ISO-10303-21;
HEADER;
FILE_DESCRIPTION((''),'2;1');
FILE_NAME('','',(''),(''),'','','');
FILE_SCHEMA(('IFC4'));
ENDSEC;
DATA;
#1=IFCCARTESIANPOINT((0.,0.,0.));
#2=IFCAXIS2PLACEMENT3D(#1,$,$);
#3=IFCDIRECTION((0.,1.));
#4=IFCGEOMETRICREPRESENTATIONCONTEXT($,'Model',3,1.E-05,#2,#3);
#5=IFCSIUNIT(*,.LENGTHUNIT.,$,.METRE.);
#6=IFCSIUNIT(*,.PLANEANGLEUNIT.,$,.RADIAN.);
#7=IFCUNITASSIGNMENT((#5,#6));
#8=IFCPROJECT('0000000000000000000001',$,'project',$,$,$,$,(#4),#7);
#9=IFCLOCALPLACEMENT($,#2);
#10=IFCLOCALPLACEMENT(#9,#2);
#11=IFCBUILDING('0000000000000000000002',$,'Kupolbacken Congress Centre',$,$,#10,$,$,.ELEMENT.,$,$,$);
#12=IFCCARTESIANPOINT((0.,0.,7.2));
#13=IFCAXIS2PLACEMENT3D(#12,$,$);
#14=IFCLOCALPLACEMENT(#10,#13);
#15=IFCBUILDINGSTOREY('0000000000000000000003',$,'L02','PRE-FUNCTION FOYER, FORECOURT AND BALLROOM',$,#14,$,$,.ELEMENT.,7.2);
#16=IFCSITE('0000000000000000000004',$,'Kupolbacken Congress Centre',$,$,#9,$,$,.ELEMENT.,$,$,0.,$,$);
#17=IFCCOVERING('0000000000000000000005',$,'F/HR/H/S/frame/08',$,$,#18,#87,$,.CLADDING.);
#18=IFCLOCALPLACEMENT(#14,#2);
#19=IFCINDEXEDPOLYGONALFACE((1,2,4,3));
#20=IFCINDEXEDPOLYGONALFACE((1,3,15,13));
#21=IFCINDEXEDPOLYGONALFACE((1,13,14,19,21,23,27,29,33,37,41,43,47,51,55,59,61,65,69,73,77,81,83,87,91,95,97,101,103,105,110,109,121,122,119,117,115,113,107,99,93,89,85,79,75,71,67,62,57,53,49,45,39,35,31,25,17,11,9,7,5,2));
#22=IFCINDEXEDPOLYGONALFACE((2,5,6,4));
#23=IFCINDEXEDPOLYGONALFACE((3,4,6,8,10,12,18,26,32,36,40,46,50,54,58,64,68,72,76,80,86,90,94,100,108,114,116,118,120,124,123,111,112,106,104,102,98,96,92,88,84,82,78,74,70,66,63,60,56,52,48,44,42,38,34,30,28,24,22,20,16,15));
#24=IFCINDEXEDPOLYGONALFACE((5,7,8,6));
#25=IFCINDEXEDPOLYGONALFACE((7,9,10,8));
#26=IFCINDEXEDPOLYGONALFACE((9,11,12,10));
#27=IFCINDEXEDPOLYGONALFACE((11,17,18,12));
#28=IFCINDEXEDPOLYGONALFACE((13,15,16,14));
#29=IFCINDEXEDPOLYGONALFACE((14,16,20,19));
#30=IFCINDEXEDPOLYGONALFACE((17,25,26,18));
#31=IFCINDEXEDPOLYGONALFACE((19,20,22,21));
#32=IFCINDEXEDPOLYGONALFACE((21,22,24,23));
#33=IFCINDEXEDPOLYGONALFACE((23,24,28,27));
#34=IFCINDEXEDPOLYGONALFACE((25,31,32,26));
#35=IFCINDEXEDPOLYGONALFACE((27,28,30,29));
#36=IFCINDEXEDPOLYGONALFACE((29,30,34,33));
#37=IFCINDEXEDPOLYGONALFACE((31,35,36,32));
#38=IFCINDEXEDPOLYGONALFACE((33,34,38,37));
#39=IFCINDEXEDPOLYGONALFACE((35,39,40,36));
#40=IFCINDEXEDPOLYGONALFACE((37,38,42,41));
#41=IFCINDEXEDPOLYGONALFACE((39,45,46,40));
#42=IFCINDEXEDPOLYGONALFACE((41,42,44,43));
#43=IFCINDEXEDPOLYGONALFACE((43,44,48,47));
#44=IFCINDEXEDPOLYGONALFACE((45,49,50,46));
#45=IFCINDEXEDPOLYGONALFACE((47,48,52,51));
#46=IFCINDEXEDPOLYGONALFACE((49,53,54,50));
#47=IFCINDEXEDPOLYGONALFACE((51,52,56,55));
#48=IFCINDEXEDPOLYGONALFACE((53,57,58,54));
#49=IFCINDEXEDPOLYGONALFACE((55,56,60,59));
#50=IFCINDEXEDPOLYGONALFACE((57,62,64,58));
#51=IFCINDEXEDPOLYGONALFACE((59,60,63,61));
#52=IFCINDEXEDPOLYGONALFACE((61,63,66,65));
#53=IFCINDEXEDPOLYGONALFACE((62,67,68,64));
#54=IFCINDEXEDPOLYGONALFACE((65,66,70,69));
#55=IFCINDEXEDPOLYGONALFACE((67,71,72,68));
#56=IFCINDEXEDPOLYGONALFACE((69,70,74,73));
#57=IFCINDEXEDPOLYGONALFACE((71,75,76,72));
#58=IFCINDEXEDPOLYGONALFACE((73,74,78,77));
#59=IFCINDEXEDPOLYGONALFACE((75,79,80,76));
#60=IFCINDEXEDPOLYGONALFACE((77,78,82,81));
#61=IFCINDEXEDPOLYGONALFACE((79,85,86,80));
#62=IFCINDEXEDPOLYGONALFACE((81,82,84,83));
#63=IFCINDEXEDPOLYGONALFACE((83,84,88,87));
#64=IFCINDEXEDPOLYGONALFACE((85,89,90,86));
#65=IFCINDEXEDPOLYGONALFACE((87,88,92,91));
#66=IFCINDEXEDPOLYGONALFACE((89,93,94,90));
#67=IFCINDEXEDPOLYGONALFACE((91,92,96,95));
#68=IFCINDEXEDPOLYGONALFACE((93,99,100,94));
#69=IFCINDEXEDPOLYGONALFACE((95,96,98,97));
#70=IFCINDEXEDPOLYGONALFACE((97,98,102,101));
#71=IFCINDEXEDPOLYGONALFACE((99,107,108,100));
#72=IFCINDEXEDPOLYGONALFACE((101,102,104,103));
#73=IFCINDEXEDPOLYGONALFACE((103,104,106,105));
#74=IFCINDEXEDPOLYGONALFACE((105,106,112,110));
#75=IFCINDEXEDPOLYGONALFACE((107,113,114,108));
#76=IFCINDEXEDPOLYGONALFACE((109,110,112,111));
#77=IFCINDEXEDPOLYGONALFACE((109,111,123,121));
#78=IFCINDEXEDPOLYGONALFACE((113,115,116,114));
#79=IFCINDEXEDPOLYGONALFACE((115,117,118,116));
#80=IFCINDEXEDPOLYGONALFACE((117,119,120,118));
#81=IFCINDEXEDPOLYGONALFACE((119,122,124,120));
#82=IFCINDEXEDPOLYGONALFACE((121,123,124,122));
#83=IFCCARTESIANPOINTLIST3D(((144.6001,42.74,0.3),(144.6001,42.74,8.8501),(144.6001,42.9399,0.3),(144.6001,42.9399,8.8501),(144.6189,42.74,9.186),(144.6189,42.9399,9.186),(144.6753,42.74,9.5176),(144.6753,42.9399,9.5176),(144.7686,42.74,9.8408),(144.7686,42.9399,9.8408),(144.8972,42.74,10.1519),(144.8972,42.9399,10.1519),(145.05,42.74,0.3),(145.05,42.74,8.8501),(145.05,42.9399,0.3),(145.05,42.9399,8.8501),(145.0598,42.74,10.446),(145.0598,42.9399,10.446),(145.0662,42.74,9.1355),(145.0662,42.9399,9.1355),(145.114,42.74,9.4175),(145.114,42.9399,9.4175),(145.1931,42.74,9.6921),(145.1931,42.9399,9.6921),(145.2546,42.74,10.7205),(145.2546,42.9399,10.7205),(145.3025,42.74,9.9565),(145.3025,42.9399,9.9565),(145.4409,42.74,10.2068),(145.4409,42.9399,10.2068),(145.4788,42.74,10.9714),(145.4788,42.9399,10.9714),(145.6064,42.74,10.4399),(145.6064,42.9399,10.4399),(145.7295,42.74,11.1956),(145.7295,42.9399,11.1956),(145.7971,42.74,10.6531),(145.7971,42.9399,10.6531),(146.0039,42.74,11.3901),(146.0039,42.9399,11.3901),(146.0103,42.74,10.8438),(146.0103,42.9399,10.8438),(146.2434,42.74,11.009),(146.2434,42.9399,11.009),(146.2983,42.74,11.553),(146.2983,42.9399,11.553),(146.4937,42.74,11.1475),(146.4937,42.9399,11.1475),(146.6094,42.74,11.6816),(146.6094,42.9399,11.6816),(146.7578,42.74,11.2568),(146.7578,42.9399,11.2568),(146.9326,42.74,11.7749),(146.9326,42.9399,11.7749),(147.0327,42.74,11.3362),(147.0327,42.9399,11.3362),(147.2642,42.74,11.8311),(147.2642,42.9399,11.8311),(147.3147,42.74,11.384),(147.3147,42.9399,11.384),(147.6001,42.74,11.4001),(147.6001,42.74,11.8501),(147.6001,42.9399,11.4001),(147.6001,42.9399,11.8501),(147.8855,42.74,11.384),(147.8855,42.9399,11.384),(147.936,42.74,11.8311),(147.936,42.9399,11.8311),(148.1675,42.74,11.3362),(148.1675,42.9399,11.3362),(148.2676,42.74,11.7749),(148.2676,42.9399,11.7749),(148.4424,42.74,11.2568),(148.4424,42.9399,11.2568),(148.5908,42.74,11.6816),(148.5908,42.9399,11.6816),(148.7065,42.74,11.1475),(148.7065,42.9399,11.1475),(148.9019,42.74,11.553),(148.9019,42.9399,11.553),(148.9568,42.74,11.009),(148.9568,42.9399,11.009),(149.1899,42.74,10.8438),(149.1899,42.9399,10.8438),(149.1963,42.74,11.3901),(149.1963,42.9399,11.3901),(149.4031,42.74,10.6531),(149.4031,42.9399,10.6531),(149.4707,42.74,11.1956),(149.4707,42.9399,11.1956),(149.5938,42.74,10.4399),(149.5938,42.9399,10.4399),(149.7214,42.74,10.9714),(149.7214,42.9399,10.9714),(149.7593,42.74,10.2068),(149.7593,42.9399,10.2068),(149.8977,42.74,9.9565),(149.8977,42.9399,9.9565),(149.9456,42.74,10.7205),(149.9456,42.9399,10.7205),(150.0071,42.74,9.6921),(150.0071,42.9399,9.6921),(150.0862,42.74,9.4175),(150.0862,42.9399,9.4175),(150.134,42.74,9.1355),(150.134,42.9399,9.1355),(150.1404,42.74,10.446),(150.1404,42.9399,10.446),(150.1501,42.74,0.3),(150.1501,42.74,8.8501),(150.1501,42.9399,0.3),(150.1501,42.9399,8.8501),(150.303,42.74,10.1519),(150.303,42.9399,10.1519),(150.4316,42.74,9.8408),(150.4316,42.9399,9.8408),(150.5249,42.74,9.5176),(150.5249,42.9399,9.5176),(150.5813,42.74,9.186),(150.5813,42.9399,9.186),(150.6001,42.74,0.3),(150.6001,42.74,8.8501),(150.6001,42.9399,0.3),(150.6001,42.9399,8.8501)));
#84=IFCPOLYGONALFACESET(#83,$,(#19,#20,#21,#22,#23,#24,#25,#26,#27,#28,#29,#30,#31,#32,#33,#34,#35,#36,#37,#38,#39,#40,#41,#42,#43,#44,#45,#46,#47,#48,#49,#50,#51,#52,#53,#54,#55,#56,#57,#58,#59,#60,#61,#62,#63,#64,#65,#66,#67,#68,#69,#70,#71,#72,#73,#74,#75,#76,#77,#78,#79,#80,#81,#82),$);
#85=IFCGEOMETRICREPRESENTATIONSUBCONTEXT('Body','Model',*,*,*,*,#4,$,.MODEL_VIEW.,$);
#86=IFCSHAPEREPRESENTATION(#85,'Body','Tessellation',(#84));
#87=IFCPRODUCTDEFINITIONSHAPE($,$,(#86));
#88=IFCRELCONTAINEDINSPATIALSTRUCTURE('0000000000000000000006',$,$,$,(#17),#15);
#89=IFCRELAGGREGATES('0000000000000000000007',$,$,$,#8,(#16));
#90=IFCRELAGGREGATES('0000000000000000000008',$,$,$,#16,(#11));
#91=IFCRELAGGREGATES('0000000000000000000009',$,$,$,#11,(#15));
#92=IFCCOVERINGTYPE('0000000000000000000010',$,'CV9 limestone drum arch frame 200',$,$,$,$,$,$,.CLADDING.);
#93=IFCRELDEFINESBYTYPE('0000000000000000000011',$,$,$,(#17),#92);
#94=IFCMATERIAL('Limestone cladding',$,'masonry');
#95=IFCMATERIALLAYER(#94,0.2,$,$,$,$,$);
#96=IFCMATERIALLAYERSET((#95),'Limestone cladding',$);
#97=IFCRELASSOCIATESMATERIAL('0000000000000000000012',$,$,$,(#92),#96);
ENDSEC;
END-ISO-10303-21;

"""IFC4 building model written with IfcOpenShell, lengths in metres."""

from ifc_helpers import new_model, si_unit, direction, frame, origin, place, context, subcontext, project, spatial, polyline, outline, extrude, material, layer, layer_set, type_object, element, save


model = new_model("IFC4")

# Units and contexts
model_context = context("Model", 3, precision=1e-05, world=origin(), true_north=direction((0.0, 1.0)))
body_context = subcontext(model_context, "Body", "Model", "MODEL_VIEW")
ifc_project = project(units=[si_unit("LENGTHUNIT", "METRE"), si_unit("PLANEANGLEUNIT", "RADIAN")], contexts=[model_context])

# Site, building, storey
site_placement = place(None, origin())
site = spatial("IfcSite", under=ifc_project, at=site_placement, Name="Kupolbacken Congress Centre", CompositionType="ELEMENT", RefElevation=0.0)
building_placement = place(site_placement, origin())
building = spatial("IfcBuilding", under=site, at=building_placement, Name="Kupolbacken Congress Centre", CompositionType="ELEMENT")
storey_placement = place(building_placement, frame((0.0, 0.0, 7.2)))
storey = spatial("IfcBuildingStorey", under=building, at=storey_placement, Name="L02", Description="PRE-FUNCTION FOYER, FORECOURT AND BALLROOM", CompositionType="ELEMENT", Elevation=7.2)

# Covering
ifc_material_1 = material(Name="Limestone cladding", Category="masonry")
ifc_layer_1 = layer(ifc_material_1, 0.2)
ifc_layer_set_1 = layer_set([ifc_layer_1], Name="Limestone cladding")
covering_type_1 = type_object("IfcCoveringType", Name="CV9 limestone drum arch frame 200", PredefinedType="CLADDING", material=ifc_layer_set_1)
covering_1_placement = place(storey_placement, frame((144.6001, 42.9399, 0.3), z_axis=(0.0, -1.0, 0.0), x_axis=(1.0, 0.0, 0.0)))
element("IfcCovering", 1, at=covering_1_placement, inside=storey, type_object=covering_type_1, Name="F/HR/H/S/frame/08", PredefinedType="CLADDING", context=body_context, shape_type="SweptSolid", body=[
    extrude(outline(polyline([(0.0, 0.0), (0.0, 8.55), (0.0188, 8.886), (0.0752, 9.2175), (0.1685, 9.5408), (0.2971, 9.8518), (0.4597, 10.146), (0.6545, 10.4204), (0.8787, 10.6714), (1.1294, 10.8955), (1.4038, 11.0901), (1.6982, 11.2529), (2.0093, 11.3816), (2.3325, 11.4749), (2.6641, 11.531), (3.0, 11.55), (3.3359, 11.531), (3.6675, 11.4749), (3.9907, 11.3816), (4.3018, 11.2529), (4.5962, 11.0901), (4.8706, 10.8955), (5.1213, 10.6714), (5.3455, 10.4204), (5.5403, 10.146), (5.7029, 9.8518), (5.8315, 9.5408), (5.9248, 9.2175), (5.9812, 8.886), (6.0, 8.55), (6.0, 0.0), (5.55, 0.0), (5.55, 8.55), (5.5339, 8.8354), (5.4861, 9.1174), (5.407, 9.3921), (5.2976, 9.6565), (5.1592, 9.9067), (4.9937, 10.1399), (4.803, 10.353), (4.5898, 10.5437), (4.3567, 10.709), (4.1064, 10.8474), (3.8423, 10.9568), (3.5674, 11.0361), (3.2854, 11.084), (3.0, 11.1001), (2.7146, 11.084), (2.4326, 11.0361), (2.1577, 10.9568), (1.8936, 10.8474), (1.6433, 10.709), (1.4102, 10.5437), (1.197, 10.353), (1.0063, 10.1399), (0.8408, 9.9067), (0.7024, 9.6565), (0.593, 9.3921), (0.5139, 9.1174), (0.4661, 8.8354), (0.45, 8.55), (0.45, 0.0), (0.0, 0.0)])), origin(), (0.0, 0.0, 1.0), 0.2),
])

save(model, "model.ifc")
